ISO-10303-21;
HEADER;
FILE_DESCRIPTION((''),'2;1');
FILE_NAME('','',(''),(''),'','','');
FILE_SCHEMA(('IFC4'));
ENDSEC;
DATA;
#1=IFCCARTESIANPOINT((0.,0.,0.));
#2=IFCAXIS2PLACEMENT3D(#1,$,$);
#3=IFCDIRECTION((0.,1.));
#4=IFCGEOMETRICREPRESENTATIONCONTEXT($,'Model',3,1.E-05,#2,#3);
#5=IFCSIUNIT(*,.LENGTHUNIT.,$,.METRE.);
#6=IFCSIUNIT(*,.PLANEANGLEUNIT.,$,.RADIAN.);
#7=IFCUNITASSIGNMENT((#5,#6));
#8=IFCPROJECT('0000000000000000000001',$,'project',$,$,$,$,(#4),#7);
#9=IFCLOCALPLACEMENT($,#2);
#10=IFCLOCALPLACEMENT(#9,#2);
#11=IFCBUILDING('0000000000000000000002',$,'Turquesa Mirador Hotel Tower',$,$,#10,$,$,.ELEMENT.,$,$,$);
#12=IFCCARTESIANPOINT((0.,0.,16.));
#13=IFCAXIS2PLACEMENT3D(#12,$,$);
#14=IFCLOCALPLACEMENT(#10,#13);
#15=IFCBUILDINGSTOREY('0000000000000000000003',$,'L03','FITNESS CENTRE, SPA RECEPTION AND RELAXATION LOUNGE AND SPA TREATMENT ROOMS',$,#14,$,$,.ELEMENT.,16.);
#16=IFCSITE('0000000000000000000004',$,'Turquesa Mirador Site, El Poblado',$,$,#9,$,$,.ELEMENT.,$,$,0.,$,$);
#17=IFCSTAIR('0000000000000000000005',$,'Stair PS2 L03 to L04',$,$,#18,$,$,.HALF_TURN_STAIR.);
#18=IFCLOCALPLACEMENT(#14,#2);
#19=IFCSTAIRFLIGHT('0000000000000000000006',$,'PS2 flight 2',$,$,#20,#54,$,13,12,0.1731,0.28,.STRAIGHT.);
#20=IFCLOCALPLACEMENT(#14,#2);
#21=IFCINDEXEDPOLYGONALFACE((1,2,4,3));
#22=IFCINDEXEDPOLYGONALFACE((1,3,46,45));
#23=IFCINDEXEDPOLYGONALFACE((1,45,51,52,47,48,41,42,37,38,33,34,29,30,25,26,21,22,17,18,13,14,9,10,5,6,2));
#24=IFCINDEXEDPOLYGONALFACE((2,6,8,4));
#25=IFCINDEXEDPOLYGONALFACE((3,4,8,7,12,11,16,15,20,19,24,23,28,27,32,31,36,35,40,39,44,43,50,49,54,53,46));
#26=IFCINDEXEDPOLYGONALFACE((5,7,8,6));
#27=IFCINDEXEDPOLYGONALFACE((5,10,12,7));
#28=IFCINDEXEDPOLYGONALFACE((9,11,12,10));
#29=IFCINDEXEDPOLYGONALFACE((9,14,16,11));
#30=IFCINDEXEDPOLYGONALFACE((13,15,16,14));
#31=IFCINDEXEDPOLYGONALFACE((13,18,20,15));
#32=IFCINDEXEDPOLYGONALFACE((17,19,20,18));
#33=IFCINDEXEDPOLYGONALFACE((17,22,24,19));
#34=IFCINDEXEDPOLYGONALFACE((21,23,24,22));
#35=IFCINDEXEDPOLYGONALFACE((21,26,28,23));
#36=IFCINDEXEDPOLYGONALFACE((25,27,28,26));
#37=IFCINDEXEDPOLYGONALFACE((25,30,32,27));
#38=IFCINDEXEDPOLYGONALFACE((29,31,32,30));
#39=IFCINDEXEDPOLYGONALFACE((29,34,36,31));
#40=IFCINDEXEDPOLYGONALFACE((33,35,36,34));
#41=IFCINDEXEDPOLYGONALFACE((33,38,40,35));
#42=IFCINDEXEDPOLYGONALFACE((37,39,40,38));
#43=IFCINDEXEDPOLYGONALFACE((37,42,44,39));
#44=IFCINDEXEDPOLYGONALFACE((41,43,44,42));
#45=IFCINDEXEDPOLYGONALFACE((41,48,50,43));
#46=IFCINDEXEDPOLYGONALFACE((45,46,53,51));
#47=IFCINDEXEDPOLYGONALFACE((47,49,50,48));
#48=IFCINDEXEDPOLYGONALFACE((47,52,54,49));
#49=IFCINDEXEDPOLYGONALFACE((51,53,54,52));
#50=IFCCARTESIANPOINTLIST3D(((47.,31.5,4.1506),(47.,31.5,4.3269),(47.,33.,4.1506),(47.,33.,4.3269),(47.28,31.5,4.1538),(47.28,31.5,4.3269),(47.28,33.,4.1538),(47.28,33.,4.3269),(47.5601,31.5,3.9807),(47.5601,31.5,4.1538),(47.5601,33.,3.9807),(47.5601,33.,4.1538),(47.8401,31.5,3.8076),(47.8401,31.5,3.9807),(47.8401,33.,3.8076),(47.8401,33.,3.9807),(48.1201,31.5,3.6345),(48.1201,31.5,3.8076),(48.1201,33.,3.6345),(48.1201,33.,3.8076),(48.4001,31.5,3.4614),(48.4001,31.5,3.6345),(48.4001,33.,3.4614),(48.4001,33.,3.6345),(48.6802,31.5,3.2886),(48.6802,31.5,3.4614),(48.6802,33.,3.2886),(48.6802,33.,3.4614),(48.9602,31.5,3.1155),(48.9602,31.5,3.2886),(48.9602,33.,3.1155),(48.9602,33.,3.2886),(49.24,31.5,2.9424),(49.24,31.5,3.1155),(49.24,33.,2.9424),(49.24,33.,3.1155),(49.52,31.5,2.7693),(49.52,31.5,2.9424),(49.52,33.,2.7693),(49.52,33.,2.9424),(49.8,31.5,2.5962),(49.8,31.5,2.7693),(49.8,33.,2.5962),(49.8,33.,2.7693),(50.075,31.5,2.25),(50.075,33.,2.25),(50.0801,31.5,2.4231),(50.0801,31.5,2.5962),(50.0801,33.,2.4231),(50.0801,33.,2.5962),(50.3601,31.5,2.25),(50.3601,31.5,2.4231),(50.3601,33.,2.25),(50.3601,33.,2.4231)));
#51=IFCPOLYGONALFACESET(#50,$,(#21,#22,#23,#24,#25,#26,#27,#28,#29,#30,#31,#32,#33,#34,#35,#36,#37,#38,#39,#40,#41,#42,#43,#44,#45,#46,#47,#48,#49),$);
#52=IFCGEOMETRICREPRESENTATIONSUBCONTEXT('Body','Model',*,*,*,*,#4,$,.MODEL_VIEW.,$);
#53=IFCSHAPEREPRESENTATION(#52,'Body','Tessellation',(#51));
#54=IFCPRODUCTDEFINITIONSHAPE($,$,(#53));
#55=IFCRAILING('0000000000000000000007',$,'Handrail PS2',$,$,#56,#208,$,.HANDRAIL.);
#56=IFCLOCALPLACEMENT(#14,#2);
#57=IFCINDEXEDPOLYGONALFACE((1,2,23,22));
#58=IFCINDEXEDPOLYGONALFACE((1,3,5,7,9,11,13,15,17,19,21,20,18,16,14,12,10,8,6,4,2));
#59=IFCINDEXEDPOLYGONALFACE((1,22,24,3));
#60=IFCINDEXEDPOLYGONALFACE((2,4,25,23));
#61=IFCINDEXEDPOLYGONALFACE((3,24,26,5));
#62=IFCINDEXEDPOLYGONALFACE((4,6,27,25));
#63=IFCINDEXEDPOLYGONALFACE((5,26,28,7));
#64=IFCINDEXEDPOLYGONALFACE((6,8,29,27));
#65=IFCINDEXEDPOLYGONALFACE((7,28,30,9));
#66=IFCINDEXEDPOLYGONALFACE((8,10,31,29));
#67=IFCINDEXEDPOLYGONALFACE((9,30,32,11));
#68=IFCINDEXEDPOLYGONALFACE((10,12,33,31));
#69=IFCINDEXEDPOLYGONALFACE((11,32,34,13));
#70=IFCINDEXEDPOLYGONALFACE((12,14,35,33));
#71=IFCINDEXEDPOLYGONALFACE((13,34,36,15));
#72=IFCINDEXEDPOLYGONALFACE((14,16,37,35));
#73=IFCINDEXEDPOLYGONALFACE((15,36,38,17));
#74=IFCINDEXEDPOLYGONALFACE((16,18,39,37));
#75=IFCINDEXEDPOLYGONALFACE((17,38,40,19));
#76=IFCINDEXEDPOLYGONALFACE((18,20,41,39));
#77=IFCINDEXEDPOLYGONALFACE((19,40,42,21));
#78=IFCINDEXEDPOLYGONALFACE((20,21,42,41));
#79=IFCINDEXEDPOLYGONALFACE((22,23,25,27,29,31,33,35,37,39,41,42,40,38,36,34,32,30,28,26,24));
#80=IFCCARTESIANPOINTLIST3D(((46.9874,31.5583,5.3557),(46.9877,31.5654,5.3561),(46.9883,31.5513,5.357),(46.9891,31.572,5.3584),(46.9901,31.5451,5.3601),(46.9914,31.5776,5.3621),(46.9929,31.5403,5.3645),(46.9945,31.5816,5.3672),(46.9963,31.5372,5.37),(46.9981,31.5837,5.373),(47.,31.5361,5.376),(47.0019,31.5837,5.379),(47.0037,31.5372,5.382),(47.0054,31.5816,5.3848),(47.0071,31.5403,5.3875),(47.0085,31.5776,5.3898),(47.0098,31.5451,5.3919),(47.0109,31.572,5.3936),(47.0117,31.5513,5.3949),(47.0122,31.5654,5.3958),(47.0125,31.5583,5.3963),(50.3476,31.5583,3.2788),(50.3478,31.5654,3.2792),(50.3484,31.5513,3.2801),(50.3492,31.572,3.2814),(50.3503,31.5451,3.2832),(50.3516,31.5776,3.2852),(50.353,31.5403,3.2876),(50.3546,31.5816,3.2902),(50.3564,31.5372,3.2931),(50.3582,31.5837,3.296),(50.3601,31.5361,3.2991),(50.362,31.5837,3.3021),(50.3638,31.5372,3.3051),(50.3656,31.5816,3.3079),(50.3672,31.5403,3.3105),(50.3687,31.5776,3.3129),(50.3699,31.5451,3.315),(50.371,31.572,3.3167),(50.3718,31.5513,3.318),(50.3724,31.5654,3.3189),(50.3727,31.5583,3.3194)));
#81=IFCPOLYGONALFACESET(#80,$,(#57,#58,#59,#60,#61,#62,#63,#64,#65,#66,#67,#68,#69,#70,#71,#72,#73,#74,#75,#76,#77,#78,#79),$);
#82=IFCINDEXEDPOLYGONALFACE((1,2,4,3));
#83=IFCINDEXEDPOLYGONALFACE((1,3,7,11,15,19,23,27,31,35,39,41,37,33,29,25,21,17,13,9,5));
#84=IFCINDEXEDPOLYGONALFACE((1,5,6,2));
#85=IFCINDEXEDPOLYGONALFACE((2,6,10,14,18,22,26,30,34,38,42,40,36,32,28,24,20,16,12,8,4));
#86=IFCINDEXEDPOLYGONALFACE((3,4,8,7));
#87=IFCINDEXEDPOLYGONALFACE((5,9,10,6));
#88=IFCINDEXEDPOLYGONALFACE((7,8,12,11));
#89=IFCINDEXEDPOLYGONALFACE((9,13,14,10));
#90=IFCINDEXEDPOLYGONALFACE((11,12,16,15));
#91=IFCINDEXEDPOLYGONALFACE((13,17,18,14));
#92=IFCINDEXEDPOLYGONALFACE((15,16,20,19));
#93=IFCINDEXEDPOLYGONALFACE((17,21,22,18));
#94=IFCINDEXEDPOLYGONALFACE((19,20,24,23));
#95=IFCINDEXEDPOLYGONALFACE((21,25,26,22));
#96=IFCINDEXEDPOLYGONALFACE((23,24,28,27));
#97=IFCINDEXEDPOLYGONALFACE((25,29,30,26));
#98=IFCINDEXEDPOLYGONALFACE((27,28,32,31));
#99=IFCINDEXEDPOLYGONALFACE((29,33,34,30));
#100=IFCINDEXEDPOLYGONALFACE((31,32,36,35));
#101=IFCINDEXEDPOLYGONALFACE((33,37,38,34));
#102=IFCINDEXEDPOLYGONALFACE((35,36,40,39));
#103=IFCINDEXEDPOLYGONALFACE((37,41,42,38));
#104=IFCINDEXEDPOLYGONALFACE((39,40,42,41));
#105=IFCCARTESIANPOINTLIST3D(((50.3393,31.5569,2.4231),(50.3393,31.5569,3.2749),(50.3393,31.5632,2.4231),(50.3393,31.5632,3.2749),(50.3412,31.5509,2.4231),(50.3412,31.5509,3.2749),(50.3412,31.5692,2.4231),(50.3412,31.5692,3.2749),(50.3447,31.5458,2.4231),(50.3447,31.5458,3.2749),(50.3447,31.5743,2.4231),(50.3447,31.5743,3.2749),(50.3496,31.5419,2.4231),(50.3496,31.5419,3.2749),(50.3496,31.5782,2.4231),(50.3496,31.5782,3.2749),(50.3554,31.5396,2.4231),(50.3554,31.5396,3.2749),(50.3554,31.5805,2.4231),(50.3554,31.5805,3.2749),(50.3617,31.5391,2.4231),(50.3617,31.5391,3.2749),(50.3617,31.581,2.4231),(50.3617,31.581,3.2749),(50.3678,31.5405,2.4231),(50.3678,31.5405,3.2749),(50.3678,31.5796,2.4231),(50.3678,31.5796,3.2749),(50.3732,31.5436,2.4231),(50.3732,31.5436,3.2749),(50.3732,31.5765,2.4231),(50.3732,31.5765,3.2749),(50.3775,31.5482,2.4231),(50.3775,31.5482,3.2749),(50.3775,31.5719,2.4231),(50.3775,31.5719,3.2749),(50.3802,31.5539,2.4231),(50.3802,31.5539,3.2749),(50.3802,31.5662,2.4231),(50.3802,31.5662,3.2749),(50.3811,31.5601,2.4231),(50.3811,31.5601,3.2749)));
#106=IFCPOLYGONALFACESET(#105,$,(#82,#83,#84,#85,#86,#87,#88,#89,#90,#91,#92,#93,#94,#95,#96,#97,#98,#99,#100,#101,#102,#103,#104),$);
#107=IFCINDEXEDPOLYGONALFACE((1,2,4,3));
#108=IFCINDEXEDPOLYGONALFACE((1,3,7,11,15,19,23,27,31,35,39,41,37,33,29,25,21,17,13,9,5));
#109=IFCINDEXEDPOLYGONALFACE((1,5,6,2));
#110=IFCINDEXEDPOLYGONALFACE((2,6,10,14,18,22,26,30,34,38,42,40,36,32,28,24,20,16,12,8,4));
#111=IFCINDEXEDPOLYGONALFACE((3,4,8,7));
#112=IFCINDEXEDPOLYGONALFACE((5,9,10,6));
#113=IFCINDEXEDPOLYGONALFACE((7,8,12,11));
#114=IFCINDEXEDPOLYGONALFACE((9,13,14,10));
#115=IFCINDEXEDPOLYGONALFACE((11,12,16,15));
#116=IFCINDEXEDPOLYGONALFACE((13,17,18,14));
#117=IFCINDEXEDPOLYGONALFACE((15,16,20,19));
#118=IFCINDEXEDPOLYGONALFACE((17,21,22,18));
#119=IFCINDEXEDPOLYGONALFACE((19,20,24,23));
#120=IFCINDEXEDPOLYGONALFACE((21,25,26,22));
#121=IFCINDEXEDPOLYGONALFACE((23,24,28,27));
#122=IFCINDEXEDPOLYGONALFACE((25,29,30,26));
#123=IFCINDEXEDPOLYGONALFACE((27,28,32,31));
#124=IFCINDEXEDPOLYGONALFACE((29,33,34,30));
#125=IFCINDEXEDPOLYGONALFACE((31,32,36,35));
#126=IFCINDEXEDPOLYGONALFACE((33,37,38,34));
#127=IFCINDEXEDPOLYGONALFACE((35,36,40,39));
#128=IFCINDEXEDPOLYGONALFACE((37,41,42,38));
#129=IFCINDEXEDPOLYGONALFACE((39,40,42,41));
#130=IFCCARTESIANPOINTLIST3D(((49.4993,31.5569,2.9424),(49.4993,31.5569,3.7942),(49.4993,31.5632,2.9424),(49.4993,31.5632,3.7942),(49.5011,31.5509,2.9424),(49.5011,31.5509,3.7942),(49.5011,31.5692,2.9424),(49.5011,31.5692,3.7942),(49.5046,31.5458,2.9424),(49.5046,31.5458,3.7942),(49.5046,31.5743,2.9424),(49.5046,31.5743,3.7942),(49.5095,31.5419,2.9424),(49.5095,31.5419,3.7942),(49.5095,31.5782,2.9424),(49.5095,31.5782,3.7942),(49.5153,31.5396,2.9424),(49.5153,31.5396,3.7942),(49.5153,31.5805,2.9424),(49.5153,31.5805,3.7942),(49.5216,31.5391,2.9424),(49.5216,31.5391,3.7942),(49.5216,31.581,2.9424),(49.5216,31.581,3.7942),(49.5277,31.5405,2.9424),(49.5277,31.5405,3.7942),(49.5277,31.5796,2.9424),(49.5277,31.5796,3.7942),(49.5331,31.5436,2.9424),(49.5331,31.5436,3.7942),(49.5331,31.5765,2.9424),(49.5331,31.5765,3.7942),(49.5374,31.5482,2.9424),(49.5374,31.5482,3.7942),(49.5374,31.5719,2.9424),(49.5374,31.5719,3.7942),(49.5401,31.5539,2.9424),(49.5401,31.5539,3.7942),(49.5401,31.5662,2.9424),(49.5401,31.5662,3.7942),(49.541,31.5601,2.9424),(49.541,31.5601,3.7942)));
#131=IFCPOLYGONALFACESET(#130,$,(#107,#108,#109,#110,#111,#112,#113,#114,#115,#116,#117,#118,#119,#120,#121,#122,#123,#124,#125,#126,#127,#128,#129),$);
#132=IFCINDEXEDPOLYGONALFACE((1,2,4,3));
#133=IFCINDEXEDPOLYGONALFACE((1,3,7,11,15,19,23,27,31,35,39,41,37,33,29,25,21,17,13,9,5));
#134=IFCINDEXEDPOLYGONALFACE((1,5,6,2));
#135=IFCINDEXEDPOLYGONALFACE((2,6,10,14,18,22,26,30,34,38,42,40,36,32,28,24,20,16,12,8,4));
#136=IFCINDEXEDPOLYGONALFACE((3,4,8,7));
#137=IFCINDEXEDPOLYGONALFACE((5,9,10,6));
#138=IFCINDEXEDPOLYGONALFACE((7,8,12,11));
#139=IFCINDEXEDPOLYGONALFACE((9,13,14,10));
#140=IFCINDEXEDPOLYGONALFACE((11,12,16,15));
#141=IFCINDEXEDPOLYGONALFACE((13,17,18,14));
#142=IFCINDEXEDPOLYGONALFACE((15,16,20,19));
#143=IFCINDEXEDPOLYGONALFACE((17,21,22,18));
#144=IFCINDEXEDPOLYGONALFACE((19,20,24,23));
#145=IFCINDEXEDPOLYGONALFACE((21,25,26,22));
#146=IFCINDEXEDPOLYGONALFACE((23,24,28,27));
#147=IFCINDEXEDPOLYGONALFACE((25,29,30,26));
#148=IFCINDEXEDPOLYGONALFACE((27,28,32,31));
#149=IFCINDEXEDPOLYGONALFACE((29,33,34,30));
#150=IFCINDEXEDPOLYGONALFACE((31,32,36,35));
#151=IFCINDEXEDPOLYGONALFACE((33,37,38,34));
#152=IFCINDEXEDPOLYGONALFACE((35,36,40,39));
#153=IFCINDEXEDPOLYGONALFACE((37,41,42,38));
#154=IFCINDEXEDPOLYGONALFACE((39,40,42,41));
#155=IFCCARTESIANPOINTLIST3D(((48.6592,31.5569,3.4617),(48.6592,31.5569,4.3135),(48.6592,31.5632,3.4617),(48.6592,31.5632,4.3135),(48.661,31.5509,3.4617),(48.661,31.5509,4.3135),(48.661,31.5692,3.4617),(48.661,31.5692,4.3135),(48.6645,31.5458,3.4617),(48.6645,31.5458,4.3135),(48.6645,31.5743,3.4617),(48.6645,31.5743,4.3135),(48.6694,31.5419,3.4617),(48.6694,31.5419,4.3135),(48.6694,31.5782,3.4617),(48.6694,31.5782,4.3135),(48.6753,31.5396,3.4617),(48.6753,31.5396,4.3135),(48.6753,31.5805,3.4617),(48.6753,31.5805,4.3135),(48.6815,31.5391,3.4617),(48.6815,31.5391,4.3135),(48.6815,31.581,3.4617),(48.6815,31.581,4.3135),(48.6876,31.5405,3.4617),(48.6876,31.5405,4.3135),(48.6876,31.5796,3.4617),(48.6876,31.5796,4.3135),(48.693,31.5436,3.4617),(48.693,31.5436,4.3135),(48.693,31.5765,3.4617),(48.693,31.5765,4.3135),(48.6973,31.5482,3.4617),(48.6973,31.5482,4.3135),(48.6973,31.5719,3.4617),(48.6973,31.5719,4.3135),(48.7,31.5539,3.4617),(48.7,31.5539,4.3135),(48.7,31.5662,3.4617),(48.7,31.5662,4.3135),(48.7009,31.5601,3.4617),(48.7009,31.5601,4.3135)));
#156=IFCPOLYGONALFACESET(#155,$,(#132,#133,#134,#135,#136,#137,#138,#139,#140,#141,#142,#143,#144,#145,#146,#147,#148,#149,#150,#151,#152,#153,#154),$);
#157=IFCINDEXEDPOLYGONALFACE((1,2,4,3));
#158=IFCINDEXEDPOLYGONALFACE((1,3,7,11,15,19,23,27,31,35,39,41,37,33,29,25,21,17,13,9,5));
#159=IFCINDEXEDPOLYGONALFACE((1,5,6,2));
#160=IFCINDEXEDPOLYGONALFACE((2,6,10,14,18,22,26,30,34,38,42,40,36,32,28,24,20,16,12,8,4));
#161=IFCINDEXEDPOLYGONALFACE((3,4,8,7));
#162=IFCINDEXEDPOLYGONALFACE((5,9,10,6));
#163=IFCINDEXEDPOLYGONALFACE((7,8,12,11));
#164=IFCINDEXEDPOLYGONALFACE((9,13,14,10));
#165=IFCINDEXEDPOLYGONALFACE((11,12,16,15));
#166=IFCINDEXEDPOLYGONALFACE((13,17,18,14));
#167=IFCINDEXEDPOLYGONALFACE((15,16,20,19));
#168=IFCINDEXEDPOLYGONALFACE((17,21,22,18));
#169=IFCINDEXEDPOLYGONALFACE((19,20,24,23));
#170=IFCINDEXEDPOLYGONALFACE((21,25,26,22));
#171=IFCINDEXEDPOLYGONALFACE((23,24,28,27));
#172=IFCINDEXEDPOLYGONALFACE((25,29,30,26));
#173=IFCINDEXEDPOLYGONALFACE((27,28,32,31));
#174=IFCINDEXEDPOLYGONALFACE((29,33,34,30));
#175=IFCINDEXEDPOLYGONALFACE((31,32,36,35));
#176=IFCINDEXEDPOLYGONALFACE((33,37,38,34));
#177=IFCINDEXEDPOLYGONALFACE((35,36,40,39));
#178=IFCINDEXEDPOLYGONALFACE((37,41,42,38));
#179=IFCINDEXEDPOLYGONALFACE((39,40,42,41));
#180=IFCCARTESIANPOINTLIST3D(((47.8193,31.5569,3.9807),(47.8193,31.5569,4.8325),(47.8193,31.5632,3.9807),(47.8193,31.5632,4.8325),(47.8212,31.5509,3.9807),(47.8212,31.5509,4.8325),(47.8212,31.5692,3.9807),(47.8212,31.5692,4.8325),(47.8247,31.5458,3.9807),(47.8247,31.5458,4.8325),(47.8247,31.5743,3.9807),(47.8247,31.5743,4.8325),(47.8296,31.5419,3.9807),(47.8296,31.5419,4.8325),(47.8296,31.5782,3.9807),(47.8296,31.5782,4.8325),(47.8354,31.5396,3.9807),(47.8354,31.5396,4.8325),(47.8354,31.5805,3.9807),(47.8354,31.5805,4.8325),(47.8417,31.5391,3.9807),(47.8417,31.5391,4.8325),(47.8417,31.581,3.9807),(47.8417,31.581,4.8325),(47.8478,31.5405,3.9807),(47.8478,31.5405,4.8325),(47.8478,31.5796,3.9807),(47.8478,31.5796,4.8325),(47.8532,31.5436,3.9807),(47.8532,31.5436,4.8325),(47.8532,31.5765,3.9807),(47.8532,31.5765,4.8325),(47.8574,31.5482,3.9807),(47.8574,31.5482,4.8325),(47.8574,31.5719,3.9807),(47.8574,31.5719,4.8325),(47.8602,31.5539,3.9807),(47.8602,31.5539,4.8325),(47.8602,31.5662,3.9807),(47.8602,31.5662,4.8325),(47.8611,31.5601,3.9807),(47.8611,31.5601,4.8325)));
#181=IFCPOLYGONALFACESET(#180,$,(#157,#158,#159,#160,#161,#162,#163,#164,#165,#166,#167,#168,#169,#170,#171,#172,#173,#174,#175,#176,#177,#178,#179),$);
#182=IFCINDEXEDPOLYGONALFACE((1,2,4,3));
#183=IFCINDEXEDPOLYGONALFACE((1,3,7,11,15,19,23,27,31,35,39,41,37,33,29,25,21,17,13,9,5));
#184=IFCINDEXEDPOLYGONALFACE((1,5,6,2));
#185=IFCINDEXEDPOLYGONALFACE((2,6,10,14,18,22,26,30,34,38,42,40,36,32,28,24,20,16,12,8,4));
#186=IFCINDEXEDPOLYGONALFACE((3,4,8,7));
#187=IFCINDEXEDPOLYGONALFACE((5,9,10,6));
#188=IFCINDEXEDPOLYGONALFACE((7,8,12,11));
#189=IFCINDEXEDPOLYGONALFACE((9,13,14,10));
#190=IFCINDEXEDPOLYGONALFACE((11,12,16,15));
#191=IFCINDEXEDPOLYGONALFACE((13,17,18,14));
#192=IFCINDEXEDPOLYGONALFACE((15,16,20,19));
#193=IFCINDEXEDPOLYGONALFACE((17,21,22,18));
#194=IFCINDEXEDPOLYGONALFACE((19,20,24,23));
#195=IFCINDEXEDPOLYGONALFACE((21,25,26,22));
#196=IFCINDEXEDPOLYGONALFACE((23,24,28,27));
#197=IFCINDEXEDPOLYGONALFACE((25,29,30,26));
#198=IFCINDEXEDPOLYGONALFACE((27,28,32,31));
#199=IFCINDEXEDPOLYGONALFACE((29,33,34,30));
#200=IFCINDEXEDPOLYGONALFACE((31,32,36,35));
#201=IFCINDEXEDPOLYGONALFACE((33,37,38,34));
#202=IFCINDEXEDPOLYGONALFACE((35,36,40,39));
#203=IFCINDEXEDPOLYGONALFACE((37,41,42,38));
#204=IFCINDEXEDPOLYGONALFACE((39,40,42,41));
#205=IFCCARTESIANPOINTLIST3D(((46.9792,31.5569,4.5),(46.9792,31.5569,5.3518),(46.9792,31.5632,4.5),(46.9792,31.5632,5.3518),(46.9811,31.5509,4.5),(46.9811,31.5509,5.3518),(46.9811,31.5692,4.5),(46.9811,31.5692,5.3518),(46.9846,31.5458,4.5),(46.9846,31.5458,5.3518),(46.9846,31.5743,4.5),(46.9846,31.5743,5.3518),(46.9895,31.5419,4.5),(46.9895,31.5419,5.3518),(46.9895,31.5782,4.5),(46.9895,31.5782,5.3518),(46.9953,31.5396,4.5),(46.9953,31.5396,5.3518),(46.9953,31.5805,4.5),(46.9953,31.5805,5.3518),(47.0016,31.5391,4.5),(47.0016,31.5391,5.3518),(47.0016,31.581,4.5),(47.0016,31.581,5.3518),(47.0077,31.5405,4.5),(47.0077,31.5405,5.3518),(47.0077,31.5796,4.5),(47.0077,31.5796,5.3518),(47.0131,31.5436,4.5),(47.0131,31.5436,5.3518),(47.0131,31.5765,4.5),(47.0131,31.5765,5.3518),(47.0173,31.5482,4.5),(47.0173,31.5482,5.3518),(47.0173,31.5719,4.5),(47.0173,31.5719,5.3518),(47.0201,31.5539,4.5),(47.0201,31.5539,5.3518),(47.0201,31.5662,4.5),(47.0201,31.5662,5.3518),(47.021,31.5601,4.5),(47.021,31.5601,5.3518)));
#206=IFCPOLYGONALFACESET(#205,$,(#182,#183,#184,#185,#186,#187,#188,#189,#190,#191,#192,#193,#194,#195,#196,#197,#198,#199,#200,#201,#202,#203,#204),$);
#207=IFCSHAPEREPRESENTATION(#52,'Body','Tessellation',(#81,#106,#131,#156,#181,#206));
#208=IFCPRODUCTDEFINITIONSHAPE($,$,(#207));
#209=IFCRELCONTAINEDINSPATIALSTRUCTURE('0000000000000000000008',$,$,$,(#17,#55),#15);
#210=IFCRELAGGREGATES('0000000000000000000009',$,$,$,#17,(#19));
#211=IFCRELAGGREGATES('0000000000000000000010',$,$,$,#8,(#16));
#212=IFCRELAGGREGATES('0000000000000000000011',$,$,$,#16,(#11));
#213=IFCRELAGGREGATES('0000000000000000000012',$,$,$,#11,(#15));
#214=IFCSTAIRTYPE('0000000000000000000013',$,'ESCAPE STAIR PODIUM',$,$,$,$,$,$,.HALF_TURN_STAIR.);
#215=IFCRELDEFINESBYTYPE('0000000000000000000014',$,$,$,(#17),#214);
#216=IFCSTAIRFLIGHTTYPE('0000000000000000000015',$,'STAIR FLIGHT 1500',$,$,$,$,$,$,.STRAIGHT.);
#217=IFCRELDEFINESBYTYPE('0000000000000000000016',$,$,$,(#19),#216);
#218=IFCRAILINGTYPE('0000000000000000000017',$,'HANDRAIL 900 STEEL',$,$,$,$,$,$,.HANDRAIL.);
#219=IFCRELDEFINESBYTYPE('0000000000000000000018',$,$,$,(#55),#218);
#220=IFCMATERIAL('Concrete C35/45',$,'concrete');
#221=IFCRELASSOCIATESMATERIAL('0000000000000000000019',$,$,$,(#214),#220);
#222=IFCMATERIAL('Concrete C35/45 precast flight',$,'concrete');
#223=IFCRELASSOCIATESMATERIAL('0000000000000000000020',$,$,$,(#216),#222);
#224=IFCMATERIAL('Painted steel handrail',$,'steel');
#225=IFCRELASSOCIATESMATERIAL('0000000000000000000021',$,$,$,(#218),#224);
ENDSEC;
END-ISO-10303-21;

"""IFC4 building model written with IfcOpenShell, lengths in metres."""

from ifc_helpers import new_model, si_unit, direction, frame, origin, origin_2d, place, context, subcontext, project, spatial, polyline, circle, outline, extrude, material, type_object, element, aggregate, save


model = new_model("IFC4")

# Units and contexts
model_context = context("Model", 3, precision=1e-05, world=origin(), true_north=direction((0.0, 1.0)))
body_context = subcontext(model_context, "Body", "Model", "MODEL_VIEW")
ifc_project = project(units=[si_unit("LENGTHUNIT", "METRE"), si_unit("PLANEANGLEUNIT", "RADIAN")], contexts=[model_context])

# Site, building, storey
site_placement = place(None, origin())
site = spatial("IfcSite", under=ifc_project, at=site_placement, Name="Turquesa Mirador Site, El Poblado", CompositionType="ELEMENT", RefElevation=0.0)
building_placement = place(site_placement, origin())
building = spatial("IfcBuilding", under=site, at=building_placement, Name="Turquesa Mirador Hotel Tower", CompositionType="ELEMENT")
storey_placement = place(building_placement, frame((0.0, 0.0, 16.0)))
storey = spatial("IfcBuildingStorey", under=building, at=storey_placement, Name="L03", Description="FITNESS CENTRE, SPA RECEPTION AND RELAXATION LOUNGE AND SPA TREATMENT ROOMS", CompositionType="ELEMENT", Elevation=16.0)

# Stair, stair flight
ifc_material_1 = material(Name="Concrete C35/45", Category="concrete")
stair_type = type_object("IfcStairType", Name="ESCAPE STAIR PODIUM", PredefinedType="HALF_TURN_STAIR", material=ifc_material_1)
stair_placement = place(storey_placement, origin())
stair = element("IfcStair", 1, at=stair_placement, inside=storey, type_object=stair_type, Name="Stair PS2 L03 to L04", PredefinedType="HALF_TURN_STAIR")
ifc_material_2 = material(Name="Concrete C35/45 precast flight", Category="concrete")
stair_flight_type = type_object("IfcStairFlightType", Name="STAIR FLIGHT 1500", PredefinedType="STRAIGHT", material=ifc_material_2)
stair_flight_placement = place(storey_placement, frame((50.3601, 32.25, 2.25), z_axis=(0.0, 0.0, 1.0), x_axis=(-1.0, 0.0, 0.0)))
stair_flight = element("IfcStairFlight", 2, at=stair_flight_placement, type_object=stair_flight_type, Name="PS2 flight 2", NumberOfRisers=13, NumberOfTreads=12, PredefinedType="STRAIGHT", RiserHeight=0.1731, TreadLength=0.28, context=body_context, shape_type="SweptSolid", body=[
    extrude(outline(polyline([(0.0, 0.0), (0.0, 0.1731), (0.28, 0.1731), (0.28, 0.3462), (0.5601, 0.3462), (0.5601, 0.5193), (0.8401, 0.5193), (0.8401, 0.6924), (1.1201, 0.6924), (1.1201, 0.8655), (1.3999, 0.8655), (1.3999, 1.0386), (1.6799, 1.0386), (1.6799, 1.2114), (1.96, 1.2114), (1.96, 1.3845), (2.24, 1.3845), (2.24, 1.5576), (2.52, 1.5576), (2.52, 1.7307), (2.8, 1.7307), (2.8, 1.9038), (3.0801, 1.9038), (3.0801, 2.0769), (3.3601, 2.0769), (3.3601, 2.25), (3.3601, 1.9006), (0.2852, 0.0), (0.0, 0.0)])), frame((0.0, 0.75, 0.0), z_axis=(0.0, -1.0, 0.0), x_axis=(1.0, 0.0, 0.0)), (0.0, 0.0, 1.0), 1.5),
])
aggregate(stair, [stair_flight])

# Railing
ifc_material_3 = material(Name="Painted steel handrail", Category="steel")
railing_type = type_object("IfcRailingType", Name="HANDRAIL 900 STEEL", PredefinedType="HANDRAIL", material=ifc_material_3)
railing_placement = place(storey_placement, frame((50.3601, 31.5601, 2.4231)))
element("IfcRailing", 3, at=railing_placement, inside=storey, type_object=railing_type, Name="Handrail PS2", PredefinedType="HANDRAIL", context=body_context, shape_type="SweptSolid", body=[
    extrude(circle(Radius=0.0239, at=origin_2d()), frame((0.0, 0.0, 0.876), z_axis=(-0.850623, 0.0, 0.525776), x_axis=(0.0, -1.0, 0.0)), (0.0, 0.0, 1.0), 3.9502),
    extrude(circle(Radius=0.021, at=origin_2d()), origin(), (0.0, 0.0, 1.0), 0.8518),
    extrude(circle(Radius=0.021, at=origin_2d()), frame((-0.8401, 0.0, 0.5193)), (0.0, 0.0, 1.0), 0.8518),
    extrude(circle(Radius=0.021, at=origin_2d()), frame((-1.6802, 0.0, 1.0386)), (0.0, 0.0, 1.0), 0.8518),
    extrude(circle(Radius=0.021, at=origin_2d()), frame((-2.52, 0.0, 1.5576)), (0.0, 0.0, 1.0), 0.8518),
    extrude(circle(Radius=0.021, at=origin_2d()), frame((-3.3601, 0.0, 2.0769)), (0.0, 0.0, 1.0), 0.8518),
])

save(model, "model.ifc")
